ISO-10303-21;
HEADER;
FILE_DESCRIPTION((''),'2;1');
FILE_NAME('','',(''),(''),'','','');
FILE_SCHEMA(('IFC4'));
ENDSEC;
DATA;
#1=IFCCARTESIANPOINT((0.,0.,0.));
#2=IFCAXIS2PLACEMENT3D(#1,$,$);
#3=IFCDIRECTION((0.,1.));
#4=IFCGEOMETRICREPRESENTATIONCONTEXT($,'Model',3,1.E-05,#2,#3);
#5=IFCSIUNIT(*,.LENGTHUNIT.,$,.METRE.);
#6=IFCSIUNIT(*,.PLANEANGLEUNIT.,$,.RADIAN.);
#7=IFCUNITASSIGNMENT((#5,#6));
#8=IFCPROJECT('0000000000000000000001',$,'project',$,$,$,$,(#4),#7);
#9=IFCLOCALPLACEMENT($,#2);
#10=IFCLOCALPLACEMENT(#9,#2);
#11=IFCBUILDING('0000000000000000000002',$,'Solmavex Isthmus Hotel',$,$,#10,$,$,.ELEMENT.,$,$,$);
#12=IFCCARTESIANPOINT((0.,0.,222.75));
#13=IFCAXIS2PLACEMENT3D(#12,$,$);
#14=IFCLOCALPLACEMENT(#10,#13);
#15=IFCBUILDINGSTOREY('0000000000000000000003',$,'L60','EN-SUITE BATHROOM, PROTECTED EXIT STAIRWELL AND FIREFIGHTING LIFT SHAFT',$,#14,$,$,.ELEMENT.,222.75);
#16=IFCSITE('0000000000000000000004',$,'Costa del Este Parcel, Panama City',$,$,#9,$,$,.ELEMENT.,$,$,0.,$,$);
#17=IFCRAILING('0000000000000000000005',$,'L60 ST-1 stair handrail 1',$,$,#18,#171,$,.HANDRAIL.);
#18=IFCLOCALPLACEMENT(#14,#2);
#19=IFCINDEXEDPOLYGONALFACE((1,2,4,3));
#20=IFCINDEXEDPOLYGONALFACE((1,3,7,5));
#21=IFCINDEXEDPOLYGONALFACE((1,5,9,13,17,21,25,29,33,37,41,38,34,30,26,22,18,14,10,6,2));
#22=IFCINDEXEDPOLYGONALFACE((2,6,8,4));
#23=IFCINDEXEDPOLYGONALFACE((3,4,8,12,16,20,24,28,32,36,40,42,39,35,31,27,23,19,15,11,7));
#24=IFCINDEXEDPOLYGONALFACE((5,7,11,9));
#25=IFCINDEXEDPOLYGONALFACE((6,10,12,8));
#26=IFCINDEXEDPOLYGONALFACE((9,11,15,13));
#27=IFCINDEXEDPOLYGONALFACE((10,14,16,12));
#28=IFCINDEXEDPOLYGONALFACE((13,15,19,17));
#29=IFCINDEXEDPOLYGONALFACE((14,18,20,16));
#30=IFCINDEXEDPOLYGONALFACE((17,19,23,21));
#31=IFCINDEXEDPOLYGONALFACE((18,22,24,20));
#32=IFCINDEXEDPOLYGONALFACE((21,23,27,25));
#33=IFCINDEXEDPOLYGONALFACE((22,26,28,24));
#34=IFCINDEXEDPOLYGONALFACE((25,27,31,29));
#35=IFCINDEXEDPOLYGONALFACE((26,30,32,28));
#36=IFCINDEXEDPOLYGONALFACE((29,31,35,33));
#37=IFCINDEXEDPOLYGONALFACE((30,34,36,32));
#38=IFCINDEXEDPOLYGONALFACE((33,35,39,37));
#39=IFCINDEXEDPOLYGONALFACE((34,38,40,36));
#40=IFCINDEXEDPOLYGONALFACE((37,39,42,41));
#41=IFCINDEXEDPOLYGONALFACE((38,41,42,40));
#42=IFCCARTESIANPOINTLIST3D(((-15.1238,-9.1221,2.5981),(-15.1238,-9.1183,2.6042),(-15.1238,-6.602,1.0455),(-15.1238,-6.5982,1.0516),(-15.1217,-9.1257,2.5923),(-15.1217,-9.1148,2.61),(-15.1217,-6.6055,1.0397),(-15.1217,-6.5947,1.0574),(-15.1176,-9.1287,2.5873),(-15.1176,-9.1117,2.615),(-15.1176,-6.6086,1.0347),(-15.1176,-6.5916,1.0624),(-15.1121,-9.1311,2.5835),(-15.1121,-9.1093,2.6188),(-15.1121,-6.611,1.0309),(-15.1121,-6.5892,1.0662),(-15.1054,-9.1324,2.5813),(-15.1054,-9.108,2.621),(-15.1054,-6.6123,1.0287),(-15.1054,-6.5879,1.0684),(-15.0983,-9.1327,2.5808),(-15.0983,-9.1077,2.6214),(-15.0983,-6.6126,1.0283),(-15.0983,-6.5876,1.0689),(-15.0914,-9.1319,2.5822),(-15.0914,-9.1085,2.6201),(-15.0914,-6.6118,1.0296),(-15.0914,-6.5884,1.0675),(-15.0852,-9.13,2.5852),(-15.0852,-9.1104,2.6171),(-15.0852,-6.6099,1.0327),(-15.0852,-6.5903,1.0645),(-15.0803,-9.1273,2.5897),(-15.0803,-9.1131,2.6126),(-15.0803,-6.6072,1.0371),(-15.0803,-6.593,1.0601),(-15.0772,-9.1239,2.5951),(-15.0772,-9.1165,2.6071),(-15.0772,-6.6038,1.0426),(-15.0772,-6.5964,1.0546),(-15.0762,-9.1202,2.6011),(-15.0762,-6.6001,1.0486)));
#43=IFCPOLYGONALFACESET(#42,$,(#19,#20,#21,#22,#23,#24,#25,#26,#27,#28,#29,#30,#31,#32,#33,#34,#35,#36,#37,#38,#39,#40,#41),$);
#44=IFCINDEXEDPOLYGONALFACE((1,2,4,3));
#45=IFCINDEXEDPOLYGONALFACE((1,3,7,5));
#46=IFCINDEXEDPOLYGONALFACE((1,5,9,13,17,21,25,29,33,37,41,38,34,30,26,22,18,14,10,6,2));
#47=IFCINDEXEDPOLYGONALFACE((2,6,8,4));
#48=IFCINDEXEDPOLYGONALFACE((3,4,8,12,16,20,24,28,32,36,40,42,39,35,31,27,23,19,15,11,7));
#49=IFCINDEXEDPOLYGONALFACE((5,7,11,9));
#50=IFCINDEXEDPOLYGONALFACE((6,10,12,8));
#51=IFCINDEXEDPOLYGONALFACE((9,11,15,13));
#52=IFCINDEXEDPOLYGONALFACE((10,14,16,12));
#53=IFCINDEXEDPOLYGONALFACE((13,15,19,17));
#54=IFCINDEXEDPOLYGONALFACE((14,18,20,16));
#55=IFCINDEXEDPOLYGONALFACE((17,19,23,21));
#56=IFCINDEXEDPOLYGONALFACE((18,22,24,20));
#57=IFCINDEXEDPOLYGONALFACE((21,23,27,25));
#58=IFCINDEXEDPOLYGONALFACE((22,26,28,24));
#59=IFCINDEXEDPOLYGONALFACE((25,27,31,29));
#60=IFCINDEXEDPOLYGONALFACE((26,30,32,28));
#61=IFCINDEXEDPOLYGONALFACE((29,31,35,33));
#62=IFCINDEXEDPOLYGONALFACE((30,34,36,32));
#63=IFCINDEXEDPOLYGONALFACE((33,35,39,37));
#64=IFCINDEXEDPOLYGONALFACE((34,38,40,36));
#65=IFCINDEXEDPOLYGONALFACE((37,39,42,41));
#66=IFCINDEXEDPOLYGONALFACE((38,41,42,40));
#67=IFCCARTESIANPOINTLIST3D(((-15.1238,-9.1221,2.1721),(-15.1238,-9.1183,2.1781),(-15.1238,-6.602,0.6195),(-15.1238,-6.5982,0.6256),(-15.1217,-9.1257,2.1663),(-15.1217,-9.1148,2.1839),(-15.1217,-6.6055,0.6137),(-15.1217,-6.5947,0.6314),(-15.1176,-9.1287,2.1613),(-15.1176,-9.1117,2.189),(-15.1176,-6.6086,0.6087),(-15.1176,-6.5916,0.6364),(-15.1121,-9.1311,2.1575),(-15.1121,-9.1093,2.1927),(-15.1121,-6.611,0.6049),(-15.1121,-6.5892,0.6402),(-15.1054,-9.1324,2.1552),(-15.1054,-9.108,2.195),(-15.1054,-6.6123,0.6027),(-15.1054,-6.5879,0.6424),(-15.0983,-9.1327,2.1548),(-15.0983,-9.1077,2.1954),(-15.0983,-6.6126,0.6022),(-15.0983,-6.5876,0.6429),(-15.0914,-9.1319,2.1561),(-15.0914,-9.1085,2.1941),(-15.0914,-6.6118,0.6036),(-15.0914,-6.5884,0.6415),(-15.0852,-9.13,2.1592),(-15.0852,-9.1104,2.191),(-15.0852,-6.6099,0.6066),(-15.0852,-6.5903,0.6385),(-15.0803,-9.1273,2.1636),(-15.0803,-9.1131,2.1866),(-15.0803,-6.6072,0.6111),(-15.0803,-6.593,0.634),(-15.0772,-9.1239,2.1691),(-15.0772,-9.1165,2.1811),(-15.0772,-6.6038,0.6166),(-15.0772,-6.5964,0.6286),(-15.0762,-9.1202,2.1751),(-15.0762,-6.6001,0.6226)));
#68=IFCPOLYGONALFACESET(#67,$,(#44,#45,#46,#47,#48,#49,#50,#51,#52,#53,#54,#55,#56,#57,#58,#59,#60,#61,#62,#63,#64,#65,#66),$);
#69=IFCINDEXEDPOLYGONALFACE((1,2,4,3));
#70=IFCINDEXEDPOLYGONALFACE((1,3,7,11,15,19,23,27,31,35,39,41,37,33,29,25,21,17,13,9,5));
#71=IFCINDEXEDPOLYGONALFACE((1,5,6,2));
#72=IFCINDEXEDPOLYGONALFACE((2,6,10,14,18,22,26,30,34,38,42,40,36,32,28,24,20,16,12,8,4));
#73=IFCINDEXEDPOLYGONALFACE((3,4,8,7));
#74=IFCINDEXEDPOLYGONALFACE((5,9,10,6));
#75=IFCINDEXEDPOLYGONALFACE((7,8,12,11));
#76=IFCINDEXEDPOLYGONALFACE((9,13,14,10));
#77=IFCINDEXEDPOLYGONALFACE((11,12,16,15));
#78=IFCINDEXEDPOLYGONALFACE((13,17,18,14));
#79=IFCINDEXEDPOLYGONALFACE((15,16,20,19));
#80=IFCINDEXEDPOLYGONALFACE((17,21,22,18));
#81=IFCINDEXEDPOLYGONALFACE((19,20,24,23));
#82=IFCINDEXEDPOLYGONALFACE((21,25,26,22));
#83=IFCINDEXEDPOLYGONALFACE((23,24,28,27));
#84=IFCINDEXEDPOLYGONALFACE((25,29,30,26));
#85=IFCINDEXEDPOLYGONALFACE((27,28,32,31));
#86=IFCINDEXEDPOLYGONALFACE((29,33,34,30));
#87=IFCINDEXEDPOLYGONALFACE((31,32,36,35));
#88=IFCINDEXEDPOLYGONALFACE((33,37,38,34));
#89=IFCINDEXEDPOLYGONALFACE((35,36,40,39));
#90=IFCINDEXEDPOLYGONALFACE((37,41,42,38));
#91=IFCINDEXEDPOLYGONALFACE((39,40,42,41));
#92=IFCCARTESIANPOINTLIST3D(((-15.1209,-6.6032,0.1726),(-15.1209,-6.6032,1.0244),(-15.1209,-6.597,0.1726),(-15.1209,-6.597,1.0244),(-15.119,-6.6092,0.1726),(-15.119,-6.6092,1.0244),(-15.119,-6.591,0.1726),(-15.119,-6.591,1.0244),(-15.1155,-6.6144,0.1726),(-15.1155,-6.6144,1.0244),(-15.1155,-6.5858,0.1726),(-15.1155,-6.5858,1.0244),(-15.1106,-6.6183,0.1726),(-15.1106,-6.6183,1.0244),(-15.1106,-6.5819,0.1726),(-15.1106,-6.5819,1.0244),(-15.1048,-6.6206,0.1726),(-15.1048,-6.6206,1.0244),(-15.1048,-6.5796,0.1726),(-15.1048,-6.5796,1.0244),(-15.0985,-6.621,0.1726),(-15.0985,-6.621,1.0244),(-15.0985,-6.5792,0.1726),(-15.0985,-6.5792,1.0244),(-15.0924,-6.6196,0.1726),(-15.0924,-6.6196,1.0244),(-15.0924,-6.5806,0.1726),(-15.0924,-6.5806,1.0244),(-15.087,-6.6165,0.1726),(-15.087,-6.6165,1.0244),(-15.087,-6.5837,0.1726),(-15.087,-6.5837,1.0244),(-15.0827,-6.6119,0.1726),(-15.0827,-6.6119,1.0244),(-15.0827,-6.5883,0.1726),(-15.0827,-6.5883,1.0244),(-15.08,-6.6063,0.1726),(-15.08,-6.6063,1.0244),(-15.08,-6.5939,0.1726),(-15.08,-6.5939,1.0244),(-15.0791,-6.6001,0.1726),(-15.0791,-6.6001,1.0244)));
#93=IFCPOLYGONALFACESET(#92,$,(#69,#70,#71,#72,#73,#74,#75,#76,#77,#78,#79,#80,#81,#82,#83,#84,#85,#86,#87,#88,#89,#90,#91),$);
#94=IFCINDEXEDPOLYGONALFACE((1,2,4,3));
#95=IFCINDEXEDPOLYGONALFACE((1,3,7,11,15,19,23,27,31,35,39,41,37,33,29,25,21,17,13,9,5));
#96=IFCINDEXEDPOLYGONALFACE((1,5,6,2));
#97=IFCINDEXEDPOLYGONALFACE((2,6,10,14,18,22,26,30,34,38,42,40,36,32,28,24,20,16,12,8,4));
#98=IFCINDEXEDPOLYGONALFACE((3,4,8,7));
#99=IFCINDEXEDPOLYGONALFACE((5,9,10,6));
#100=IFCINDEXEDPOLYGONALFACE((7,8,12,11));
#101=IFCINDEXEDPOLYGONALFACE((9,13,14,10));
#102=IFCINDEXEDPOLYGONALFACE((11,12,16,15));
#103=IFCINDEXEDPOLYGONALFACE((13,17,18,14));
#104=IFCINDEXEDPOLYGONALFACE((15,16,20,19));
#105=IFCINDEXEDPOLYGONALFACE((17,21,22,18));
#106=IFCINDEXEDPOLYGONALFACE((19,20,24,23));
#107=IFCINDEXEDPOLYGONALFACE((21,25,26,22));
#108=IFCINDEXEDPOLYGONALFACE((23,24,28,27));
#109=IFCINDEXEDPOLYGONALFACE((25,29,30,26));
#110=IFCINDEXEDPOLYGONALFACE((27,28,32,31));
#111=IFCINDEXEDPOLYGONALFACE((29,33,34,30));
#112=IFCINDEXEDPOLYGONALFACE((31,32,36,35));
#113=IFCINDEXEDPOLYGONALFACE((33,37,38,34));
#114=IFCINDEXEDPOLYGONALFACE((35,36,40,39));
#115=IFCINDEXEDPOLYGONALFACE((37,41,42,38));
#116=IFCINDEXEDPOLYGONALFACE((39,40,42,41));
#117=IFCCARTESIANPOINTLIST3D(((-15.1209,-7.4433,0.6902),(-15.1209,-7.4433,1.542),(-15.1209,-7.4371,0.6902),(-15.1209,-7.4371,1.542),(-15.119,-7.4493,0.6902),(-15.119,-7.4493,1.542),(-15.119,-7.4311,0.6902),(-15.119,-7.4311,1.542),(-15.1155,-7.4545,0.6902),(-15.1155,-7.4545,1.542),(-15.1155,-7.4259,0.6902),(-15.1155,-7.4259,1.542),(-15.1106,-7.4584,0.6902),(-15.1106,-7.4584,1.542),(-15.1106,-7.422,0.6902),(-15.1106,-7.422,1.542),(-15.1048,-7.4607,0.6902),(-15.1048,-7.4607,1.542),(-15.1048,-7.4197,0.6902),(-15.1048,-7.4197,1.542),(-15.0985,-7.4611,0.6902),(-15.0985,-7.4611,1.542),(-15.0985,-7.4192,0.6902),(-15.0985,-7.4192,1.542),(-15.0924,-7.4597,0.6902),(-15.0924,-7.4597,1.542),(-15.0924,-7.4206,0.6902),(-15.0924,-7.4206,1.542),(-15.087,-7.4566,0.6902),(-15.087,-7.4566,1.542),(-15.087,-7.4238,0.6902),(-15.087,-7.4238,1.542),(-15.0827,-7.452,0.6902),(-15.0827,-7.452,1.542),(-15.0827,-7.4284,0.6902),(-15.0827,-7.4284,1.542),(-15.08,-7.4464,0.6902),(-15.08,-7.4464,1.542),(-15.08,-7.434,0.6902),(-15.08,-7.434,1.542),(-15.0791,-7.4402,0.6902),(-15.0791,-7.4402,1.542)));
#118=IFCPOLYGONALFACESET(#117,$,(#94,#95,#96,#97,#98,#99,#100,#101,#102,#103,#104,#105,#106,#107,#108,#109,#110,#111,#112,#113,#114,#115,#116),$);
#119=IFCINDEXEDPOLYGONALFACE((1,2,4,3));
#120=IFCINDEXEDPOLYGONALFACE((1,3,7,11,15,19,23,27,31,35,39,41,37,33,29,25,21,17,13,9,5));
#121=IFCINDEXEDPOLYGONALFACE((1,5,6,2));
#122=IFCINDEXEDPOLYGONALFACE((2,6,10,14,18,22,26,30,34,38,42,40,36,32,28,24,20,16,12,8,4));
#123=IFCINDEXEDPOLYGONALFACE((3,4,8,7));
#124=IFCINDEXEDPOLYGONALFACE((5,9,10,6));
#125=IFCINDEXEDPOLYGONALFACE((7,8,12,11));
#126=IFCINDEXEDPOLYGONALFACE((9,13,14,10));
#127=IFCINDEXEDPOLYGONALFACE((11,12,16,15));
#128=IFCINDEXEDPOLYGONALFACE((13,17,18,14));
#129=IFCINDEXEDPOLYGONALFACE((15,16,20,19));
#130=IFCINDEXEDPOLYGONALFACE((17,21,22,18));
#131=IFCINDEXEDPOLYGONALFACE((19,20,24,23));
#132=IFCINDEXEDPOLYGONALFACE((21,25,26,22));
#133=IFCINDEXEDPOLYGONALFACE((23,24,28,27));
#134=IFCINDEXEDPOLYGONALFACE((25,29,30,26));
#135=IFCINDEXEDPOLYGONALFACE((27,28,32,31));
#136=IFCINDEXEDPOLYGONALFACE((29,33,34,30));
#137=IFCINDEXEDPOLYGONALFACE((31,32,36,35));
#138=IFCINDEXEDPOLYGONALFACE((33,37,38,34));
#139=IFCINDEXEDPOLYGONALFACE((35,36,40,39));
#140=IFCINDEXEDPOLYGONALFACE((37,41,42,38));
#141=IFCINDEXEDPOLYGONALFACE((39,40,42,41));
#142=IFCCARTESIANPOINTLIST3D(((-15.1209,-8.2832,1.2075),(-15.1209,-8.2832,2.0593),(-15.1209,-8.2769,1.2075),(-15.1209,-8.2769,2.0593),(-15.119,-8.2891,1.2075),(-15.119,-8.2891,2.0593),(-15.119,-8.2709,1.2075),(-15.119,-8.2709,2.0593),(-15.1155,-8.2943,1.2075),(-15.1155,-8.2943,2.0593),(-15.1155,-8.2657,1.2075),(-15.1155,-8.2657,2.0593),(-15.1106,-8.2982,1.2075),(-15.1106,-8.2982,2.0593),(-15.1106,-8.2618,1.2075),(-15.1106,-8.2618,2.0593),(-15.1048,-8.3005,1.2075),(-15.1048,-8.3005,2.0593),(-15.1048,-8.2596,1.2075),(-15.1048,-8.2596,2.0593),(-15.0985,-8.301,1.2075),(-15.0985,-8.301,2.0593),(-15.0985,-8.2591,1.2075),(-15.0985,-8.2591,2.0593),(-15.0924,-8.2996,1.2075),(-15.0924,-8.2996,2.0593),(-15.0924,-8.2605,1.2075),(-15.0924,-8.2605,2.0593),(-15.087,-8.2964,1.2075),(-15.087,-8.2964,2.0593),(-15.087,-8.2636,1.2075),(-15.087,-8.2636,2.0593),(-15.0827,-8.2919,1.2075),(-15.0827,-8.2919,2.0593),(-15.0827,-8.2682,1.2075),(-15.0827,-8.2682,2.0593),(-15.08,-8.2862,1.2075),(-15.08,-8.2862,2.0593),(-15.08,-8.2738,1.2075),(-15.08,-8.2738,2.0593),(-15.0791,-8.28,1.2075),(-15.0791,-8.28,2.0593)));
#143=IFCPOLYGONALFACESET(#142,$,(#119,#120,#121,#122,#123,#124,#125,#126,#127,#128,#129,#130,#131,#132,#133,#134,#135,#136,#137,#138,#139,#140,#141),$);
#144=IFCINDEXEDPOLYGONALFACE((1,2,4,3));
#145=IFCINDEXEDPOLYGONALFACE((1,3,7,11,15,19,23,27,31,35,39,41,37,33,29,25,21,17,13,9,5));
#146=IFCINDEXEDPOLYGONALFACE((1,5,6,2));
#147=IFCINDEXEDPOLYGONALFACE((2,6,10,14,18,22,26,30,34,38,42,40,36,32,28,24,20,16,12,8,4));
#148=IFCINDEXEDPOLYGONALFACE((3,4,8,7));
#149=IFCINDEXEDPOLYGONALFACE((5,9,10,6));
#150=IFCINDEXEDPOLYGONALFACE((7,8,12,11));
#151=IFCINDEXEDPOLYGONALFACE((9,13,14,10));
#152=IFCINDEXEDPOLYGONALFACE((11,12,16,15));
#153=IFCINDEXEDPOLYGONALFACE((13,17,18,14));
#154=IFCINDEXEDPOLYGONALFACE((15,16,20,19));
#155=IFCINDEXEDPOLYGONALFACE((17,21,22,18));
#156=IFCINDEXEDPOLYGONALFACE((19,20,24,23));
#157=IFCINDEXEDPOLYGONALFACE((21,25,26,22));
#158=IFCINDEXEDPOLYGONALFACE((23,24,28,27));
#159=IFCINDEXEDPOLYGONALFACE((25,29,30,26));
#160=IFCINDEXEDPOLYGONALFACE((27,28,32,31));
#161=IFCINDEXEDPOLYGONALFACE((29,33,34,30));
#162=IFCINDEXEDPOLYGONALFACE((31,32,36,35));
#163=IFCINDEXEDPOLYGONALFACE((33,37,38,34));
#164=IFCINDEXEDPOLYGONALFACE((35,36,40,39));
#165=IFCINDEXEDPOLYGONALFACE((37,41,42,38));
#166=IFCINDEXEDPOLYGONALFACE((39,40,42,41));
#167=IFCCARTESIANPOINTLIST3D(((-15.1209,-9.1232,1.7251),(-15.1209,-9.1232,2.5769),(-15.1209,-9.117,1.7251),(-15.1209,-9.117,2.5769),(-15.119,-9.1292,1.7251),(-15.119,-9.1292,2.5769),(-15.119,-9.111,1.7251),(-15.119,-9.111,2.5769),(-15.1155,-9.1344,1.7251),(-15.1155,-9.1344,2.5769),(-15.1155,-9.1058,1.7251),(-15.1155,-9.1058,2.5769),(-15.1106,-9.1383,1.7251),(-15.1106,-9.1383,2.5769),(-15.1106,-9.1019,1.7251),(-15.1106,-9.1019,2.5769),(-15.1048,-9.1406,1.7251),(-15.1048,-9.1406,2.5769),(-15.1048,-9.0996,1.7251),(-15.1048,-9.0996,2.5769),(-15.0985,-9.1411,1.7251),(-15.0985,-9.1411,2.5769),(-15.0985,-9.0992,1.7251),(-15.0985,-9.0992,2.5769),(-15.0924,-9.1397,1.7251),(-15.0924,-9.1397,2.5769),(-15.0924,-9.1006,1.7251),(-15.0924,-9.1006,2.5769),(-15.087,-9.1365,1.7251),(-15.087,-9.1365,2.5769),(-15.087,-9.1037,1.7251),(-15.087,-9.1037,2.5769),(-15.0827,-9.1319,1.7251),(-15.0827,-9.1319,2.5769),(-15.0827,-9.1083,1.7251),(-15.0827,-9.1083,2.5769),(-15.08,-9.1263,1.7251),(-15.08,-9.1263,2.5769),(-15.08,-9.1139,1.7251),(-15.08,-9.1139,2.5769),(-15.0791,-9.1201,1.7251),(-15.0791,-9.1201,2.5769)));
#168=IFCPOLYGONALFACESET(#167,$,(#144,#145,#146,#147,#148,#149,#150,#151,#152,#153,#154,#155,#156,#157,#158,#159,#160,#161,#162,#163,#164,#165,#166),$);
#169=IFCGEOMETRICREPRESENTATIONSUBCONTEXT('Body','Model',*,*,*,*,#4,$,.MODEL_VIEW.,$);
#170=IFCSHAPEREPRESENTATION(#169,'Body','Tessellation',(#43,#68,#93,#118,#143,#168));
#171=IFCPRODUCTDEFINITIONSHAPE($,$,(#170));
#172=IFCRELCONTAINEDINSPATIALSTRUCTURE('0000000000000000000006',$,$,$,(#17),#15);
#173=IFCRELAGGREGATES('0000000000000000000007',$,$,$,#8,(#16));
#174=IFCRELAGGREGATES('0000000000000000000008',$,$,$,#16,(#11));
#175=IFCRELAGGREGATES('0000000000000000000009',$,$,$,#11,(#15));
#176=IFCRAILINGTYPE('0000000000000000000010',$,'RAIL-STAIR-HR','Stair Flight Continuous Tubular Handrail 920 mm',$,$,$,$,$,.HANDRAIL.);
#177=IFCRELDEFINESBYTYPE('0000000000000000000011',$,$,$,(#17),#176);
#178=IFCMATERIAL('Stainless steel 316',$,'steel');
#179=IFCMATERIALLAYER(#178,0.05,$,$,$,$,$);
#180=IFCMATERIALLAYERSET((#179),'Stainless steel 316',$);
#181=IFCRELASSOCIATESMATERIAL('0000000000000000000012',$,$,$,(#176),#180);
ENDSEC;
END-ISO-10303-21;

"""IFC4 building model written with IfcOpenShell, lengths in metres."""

from ifc_helpers import new_model, si_unit, direction, frame, origin, origin_2d, place, context, subcontext, project, spatial, circle, extrude, material, layer, layer_set, type_object, element, save


model = new_model("IFC4")

# Units and contexts
model_context = context("Model", 3, precision=1e-05, world=origin(), true_north=direction((0.0, 1.0)))
body_context = subcontext(model_context, "Body", "Model", "MODEL_VIEW")
ifc_project = project(units=[si_unit("LENGTHUNIT", "METRE"), si_unit("PLANEANGLEUNIT", "RADIAN")], contexts=[model_context])

# Site, building, storey
site_placement = place(None, origin())
site = spatial("IfcSite", under=ifc_project, at=site_placement, Name="Costa del Este Parcel, Panama City", CompositionType="ELEMENT", RefElevation=0.0)
building_placement = place(site_placement, origin())
building = spatial("IfcBuilding", under=site, at=building_placement, Name="Solmavex Isthmus Hotel", CompositionType="ELEMENT")
storey_placement = place(building_placement, frame((0.0, 0.0, 222.75)))
storey = spatial("IfcBuildingStorey", under=building, at=storey_placement, Name="L60", Description="EN-SUITE BATHROOM, PROTECTED EXIT STAIRWELL AND FIREFIGHTING LIFT SHAFT", CompositionType="ELEMENT", Elevation=222.75)

# Railing
ifc_material_1 = material(Name="Stainless steel 316", Category="steel")
ifc_layer_1 = layer(ifc_material_1, 0.05)
ifc_layer_set_1 = layer_set([ifc_layer_1], Name="Stainless steel 316")
railing_type_1 = type_object("IfcRailingType", Name="RAIL-STAIR-HR", Description="Stair Flight Continuous Tubular Handrail 920 mm", PredefinedType="HANDRAIL", material=ifc_layer_set_1)
railing_1_placement = place(storey_placement, frame((-15.1001, -6.6001, 0.1726)))
element("IfcRailing", 1, at=railing_1_placement, inside=storey, type_object=railing_type_1, Name="L60 ST-1 stair handrail 1", PredefinedType="HANDRAIL", context=body_context, shape_type="SweptSolid", body=[
    extrude(circle(Radius=0.0239, at=origin_2d()), frame((0.0, 0.0, 0.876), z_axis=(0.0, -0.8514, 0.524516), x_axis=(1.0, 0.0, 0.0)), (0.0, 0.0, 1.0), 2.96),
    extrude(circle(Radius=0.0239, at=origin_2d()), frame((0.0, 0.0, 0.45), z_axis=(0.0, -0.8514, 0.524516), x_axis=(1.0, 0.0, 0.0)), (0.0, 0.0, 1.0), 2.96),
    extrude(circle(Radius=0.021, at=origin_2d()), origin(), (0.0, 0.0, 1.0), 0.8518),
    extrude(circle(Radius=0.021, at=origin_2d()), frame((0.0, -0.8401, 0.5176)), (0.0, 0.0, 1.0), 0.8518),
    extrude(circle(Radius=0.021, at=origin_2d()), frame((0.0, -1.6799, 1.0349)), (0.0, 0.0, 1.0), 0.8518),
    extrude(circle(Radius=0.021, at=origin_2d()), frame((0.0, -2.52, 1.5525)), (0.0, 0.0, 1.0), 0.8518),
])

save(model, "model.ifc")
